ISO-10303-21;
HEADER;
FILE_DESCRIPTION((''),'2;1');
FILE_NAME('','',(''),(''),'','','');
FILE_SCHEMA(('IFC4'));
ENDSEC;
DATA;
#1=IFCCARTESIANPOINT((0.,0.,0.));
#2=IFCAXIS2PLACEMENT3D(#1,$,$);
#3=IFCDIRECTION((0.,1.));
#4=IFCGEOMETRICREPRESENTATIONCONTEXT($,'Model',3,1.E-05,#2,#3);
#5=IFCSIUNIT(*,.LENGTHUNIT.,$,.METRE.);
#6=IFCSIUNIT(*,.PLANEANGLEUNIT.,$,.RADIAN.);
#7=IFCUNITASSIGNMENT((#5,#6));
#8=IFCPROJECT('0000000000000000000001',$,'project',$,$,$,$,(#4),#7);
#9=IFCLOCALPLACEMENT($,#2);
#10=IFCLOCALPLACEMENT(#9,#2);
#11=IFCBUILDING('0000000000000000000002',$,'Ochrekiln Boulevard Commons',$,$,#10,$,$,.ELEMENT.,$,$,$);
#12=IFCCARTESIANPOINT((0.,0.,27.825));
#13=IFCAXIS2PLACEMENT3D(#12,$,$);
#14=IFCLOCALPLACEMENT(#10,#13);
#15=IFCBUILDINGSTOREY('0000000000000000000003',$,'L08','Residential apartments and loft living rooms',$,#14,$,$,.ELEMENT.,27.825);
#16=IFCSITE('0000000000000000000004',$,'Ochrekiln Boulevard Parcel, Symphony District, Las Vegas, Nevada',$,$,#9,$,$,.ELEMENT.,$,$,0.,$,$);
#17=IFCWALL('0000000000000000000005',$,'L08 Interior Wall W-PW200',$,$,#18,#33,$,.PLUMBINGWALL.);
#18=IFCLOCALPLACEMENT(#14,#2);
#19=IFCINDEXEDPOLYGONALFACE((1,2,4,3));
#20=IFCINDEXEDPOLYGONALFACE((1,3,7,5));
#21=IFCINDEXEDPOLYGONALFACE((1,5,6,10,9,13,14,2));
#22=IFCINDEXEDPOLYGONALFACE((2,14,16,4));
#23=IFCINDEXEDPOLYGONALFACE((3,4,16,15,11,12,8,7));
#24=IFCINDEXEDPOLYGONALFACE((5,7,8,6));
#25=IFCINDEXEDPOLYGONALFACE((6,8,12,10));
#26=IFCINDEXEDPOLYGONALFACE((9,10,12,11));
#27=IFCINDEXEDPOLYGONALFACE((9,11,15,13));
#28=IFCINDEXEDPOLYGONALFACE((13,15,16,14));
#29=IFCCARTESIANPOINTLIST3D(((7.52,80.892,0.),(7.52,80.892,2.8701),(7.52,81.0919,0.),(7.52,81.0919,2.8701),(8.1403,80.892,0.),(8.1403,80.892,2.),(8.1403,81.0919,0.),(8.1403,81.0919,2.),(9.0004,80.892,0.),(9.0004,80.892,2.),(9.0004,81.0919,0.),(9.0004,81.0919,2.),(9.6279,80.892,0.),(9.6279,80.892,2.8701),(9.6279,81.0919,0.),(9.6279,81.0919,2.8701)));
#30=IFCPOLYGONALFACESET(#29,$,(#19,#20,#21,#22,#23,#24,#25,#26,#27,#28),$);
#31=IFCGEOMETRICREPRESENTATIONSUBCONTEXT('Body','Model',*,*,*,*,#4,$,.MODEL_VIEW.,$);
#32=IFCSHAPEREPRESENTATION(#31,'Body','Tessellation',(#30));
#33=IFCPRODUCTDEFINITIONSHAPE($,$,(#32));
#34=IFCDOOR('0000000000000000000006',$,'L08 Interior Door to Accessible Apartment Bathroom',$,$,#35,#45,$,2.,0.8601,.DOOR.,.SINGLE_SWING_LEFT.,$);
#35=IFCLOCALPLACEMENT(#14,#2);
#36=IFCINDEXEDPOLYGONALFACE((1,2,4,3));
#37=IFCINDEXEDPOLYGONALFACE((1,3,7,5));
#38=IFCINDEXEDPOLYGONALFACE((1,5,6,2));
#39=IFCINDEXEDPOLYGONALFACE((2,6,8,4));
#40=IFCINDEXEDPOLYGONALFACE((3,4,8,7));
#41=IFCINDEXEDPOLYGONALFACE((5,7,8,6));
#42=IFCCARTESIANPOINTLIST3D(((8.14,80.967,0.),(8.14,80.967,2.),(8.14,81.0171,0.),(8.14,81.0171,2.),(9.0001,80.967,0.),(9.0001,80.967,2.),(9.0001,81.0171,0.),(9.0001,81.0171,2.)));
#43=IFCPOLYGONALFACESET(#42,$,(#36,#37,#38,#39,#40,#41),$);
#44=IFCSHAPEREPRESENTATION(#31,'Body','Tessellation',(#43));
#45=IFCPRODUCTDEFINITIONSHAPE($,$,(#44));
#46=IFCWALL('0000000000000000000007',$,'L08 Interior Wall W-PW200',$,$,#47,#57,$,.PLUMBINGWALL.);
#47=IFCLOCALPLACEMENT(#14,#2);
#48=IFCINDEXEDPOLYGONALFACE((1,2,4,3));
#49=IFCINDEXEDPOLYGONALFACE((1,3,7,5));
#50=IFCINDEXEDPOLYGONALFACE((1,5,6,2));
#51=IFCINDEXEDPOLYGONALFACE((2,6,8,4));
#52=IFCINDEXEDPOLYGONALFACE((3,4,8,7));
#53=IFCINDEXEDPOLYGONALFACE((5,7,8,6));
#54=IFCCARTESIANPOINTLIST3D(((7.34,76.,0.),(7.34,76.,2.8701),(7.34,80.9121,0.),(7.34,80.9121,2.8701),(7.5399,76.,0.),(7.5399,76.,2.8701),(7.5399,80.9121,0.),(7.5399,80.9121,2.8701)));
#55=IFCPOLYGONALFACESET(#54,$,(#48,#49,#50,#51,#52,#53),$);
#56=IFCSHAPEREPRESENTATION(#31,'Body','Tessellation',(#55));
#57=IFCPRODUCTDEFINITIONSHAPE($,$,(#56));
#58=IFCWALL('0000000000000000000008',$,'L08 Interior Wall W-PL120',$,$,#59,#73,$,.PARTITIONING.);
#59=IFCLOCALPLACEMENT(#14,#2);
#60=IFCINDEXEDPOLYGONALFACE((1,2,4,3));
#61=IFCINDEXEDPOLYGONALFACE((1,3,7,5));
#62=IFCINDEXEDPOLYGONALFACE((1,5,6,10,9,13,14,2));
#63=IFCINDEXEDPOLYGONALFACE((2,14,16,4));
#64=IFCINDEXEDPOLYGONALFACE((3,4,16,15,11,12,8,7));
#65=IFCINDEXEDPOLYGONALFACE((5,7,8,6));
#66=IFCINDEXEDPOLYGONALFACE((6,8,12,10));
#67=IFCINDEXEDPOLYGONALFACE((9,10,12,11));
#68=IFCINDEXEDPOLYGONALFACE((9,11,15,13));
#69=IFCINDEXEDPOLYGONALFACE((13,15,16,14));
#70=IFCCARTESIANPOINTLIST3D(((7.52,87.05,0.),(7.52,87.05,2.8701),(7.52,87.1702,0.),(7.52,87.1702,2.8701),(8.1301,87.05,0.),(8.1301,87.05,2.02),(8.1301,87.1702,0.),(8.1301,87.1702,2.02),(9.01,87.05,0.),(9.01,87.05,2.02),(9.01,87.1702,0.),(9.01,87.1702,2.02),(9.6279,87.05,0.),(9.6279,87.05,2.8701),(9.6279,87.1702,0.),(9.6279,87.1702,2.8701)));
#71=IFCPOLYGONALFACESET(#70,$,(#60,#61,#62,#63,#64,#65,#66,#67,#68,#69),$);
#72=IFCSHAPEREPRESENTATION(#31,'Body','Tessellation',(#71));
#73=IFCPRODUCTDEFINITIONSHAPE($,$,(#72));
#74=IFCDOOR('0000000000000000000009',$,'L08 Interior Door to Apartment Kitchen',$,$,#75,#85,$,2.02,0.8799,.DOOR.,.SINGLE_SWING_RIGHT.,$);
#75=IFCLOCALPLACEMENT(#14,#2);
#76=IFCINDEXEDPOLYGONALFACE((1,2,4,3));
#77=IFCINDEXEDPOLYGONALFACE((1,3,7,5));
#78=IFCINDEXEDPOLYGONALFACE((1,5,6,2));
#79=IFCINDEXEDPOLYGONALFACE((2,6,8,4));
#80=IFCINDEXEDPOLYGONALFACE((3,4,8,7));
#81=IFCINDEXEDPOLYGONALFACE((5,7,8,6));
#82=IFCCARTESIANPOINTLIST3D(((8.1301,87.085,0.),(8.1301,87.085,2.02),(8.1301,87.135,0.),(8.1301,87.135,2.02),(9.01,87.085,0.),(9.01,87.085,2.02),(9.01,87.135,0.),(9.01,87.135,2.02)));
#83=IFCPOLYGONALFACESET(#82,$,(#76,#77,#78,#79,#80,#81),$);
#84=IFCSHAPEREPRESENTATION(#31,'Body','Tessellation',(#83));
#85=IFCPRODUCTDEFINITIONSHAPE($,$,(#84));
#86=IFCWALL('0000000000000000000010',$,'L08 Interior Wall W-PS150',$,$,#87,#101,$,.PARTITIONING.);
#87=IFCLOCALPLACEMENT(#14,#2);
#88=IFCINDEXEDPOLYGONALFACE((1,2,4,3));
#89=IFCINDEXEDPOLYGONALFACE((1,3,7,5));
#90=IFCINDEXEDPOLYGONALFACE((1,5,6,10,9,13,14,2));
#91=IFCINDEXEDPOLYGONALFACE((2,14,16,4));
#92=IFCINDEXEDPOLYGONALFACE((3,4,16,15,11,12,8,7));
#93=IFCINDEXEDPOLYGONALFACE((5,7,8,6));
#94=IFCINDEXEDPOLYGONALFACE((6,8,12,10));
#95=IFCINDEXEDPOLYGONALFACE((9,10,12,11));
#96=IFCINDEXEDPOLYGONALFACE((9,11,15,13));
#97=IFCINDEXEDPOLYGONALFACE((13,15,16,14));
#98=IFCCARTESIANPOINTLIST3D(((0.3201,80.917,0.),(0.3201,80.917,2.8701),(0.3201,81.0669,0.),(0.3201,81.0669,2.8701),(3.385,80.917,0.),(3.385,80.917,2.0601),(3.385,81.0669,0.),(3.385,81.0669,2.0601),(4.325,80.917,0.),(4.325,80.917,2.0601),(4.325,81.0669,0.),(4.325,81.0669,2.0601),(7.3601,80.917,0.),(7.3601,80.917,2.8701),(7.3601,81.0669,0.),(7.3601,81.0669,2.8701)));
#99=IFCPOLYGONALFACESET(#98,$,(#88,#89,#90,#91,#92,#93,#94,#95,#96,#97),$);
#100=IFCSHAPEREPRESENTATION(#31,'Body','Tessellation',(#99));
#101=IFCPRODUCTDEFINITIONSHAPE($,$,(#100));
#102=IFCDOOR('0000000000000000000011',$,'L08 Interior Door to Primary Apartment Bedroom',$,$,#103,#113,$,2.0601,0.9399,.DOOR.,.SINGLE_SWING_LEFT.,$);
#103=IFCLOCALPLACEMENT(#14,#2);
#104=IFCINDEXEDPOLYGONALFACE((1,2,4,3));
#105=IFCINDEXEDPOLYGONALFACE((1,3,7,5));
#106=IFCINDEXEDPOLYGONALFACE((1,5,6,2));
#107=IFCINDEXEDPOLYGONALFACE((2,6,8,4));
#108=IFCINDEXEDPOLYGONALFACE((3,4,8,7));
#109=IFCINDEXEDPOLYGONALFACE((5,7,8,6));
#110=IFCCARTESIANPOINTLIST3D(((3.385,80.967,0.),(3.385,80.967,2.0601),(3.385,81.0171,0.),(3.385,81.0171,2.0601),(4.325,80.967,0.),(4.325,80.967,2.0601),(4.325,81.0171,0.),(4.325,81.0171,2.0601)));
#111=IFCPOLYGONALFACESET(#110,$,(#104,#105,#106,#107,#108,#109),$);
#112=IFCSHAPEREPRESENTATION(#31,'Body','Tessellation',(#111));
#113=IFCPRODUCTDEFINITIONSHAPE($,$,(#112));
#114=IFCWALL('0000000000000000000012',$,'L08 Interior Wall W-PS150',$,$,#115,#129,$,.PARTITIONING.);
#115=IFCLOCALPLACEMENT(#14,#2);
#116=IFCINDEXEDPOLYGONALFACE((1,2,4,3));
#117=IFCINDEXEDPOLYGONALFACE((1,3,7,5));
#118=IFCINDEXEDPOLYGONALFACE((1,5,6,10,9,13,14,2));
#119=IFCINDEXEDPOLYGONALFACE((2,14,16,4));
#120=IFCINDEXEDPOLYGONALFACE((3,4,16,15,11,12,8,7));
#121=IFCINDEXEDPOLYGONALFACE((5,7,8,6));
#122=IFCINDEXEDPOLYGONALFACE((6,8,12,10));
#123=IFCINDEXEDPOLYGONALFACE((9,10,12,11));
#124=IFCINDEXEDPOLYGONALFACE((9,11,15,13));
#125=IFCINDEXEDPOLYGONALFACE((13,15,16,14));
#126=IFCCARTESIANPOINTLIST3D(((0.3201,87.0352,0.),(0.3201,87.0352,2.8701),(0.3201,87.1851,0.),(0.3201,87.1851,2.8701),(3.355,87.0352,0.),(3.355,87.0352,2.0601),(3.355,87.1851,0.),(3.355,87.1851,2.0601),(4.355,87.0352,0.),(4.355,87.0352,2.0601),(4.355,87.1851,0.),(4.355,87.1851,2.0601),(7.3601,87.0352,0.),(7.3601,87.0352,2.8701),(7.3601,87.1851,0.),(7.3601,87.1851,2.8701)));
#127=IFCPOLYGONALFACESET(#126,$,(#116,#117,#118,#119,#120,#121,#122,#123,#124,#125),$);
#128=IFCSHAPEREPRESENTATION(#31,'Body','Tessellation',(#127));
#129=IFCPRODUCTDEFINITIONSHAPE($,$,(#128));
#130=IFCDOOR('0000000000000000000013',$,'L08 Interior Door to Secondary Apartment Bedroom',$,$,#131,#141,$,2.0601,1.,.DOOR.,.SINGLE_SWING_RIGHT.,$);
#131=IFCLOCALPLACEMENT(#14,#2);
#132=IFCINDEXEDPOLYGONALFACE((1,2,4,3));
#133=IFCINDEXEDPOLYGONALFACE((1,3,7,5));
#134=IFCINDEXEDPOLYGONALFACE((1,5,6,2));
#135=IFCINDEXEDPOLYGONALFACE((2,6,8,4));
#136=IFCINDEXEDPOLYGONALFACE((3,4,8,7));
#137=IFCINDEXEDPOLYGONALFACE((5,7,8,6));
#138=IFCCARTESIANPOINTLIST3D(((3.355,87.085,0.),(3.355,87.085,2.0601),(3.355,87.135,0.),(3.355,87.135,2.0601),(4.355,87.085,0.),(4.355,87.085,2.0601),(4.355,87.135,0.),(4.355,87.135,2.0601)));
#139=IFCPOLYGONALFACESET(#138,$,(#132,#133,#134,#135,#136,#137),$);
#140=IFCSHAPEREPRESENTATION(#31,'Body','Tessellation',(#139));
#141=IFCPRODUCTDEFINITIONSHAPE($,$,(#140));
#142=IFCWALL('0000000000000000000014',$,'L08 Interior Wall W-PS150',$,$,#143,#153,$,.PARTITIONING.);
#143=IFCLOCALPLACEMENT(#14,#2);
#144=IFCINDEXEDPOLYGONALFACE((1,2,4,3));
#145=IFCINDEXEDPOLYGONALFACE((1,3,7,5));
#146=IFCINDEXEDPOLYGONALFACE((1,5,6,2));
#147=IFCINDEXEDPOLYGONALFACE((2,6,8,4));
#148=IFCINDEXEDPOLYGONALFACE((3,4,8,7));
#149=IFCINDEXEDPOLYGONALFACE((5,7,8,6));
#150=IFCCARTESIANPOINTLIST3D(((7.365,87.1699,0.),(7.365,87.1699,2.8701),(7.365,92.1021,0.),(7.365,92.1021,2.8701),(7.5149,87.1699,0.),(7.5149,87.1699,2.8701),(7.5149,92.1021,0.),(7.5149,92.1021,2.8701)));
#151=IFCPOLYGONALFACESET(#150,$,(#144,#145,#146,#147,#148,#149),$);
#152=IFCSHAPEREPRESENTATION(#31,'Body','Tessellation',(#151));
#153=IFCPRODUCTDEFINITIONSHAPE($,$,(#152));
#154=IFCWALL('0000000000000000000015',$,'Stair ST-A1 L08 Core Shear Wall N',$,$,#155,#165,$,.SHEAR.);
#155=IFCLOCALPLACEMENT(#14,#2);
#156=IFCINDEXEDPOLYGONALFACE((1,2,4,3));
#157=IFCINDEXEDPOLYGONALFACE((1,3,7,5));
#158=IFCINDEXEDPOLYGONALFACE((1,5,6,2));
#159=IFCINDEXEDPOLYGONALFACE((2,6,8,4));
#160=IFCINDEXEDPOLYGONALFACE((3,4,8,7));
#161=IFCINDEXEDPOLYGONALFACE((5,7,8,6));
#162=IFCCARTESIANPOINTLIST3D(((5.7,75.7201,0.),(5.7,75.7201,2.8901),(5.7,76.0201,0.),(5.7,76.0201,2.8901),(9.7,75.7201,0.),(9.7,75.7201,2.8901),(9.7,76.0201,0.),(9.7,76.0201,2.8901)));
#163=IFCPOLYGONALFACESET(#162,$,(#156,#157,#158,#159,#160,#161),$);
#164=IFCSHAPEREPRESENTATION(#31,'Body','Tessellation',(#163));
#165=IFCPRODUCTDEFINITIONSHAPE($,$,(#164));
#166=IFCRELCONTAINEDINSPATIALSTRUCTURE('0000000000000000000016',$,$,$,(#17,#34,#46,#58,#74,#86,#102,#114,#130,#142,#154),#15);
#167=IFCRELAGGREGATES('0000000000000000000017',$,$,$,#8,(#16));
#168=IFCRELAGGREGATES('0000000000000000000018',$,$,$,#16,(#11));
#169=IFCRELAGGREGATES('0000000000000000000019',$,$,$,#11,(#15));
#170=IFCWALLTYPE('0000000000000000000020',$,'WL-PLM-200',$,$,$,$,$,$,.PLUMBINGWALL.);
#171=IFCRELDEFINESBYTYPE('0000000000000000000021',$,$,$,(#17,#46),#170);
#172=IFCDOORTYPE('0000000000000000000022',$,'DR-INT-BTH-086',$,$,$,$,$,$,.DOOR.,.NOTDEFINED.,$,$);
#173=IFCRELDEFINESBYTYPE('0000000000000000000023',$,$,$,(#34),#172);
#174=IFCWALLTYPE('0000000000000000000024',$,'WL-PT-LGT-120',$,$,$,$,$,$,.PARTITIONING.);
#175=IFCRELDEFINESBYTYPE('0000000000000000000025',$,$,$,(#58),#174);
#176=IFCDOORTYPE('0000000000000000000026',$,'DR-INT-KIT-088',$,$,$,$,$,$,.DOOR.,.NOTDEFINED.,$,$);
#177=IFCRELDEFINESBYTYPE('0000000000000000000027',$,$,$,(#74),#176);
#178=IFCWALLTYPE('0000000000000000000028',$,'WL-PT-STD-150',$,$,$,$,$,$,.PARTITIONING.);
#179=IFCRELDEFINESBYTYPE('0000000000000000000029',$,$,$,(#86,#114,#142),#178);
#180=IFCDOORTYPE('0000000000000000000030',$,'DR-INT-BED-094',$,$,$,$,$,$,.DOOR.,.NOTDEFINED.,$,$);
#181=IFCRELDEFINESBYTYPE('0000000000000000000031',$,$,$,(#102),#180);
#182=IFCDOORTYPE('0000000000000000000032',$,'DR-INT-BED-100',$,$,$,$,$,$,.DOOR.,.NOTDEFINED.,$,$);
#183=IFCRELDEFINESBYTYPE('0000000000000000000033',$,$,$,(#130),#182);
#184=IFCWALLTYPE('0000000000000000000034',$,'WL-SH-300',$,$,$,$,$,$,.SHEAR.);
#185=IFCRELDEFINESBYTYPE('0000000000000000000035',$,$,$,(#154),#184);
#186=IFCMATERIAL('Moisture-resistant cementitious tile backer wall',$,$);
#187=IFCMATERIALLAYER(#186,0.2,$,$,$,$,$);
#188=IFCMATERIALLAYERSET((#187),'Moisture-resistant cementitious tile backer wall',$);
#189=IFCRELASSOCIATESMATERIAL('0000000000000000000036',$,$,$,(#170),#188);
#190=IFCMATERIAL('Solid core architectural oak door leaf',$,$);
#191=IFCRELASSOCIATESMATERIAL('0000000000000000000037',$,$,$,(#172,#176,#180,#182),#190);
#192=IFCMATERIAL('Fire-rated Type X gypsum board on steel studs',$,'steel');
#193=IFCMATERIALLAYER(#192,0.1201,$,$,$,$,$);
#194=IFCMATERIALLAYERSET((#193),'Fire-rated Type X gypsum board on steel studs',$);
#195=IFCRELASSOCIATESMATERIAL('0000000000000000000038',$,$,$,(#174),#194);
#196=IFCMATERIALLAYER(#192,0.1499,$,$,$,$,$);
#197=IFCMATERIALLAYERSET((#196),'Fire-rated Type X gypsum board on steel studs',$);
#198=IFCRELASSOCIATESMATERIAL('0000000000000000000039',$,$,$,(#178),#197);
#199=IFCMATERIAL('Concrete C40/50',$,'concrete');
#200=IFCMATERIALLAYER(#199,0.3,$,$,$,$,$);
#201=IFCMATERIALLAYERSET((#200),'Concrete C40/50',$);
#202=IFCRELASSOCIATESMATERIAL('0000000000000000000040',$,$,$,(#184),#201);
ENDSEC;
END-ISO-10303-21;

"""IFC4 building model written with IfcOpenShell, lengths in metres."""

from ifc_helpers import new_model, si_unit, direction, frame, frame_2d, origin, place, context, subcontext, project, spatial, rectangle, extrude, material, layer, layer_set, type_object, element, fill, save


model = new_model("IFC4")

# Units and contexts
model_context = context("Model", 3, precision=1e-05, world=origin(), true_north=direction((0.0, 1.0)))
body_context = subcontext(model_context, "Body", "Model", "MODEL_VIEW")
ifc_project = project(units=[si_unit("LENGTHUNIT", "METRE"), si_unit("PLANEANGLEUNIT", "RADIAN")], contexts=[model_context])

# Site, building, storey
site_placement = place(None, origin())
site = spatial("IfcSite", under=ifc_project, at=site_placement, Name="Ochrekiln Boulevard Parcel, Symphony District, Las Vegas, Nevada", CompositionType="ELEMENT", RefElevation=0.0)
building_placement = place(site_placement, origin())
building = spatial("IfcBuilding", under=site, at=building_placement, Name="Ochrekiln Boulevard Commons", CompositionType="ELEMENT")
storey_placement = place(building_placement, frame((0.0, 0.0, 27.825)))
storey = spatial("IfcBuildingStorey", under=building, at=storey_placement, Name="L08", Description="Residential apartments and loft living rooms", CompositionType="ELEMENT", Elevation=27.825)

# Shared definitions
ifc_material_1 = material(Name="Concrete C40/50", Category="concrete")

# Wall, opening, door
ifc_material_2 = material(Name="Moisture-resistant cementitious tile backer wall")
ifc_layer_1 = layer(ifc_material_2, 0.2)
ifc_layer_set_1 = layer_set([ifc_layer_1], Name="Moisture-resistant cementitious tile backer wall")
wall_type_1 = type_object("IfcWallType", Name="WL-PLM-200", PredefinedType="PLUMBINGWALL", material=ifc_layer_set_1)
wall_1_placement = place(storey_placement, frame((7.52, 80.9919, 0.0), z_axis=(0.0, 0.0, 1.0), x_axis=(1.0, 0.0, 0.0)))
wall_1 = element("IfcWall", 1, at=wall_1_placement, inside=storey, type_object=wall_type_1, Name="L08 Interior Wall W-PW200", PredefinedType="PLUMBINGWALL", context=body_context, shape_type="SweptSolid", body=[
    extrude(rectangle(XDim=2.1079, YDim=0.2, at=frame_2d((1.054, 0.0))), origin(), (0.0, 0.0, 1.0), 2.8701),
])
opening_1_placement = place(wall_1_placement, frame((0.6201, 0.0, 0.0)))
opening_1 = element("IfcOpeningElement", 2, at=opening_1_placement, cuts=wall_1, PredefinedType="OPENING", context=body_context, shape_type="SweptSolid", body=[
    extrude(rectangle(XDim=0.8601, YDim=2.0, at=frame_2d((0.4302, 1.0))), frame((0.0, 0.1099, 0.0), z_axis=(0.0, -1.0, 0.0), x_axis=(1.0, 0.0, 0.0)), (0.0, 0.0, 1.0), 0.22),
])
ifc_material_3 = material(Name="Solid core architectural oak door leaf")
door_type_1 = type_object("IfcDoorType", Name="DR-INT-BTH-086", OperationType="NOTDEFINED", PredefinedType="DOOR", material=ifc_material_3)
door_1_placement = place(opening_1_placement, frame((0.8601, 0.0, 0.0), z_axis=(0.0, 0.0, 1.0), x_axis=(-1.0, 0.0, 0.0)))
door_1 = element("IfcDoor", 3, at=door_1_placement, inside=storey, type_object=door_type_1, Name="L08 Interior Door to Accessible Apartment Bathroom", OperationType="SINGLE_SWING_LEFT", OverallHeight=2.0, OverallWidth=0.8601, PredefinedType="DOOR", context=body_context, shape_type="SweptSolid", body=[
    extrude(rectangle(XDim=0.8601, YDim=2.0, at=frame_2d((0.4302, 1.0))), frame((0.0, 0.0249, 0.0), z_axis=(0.0, -1.0, 0.0), x_axis=(1.0, 0.0, 0.0)), (0.0, 0.0, 1.0), 0.05),
])
fill(opening_1, door_1)

# Wall
wall_2_placement = place(storey_placement, frame((7.4399, 76.0, 0.0), z_axis=(0.0, 0.0, 1.0), x_axis=(0.0, 1.0, 0.0)))
element("IfcWall", 4, at=wall_2_placement, inside=storey, type_object=wall_type_1, Name="L08 Interior Wall W-PW200", PredefinedType="PLUMBINGWALL", context=body_context, shape_type="SweptSolid", body=[
    extrude(rectangle(XDim=4.9121, YDim=0.2, at=frame_2d((2.4561, 0.0))), origin(), (0.0, 0.0, 1.0), 2.8701),
])

# Walls, openings, doors
ifc_material_4 = material(Name="Fire-rated Type X gypsum board on steel studs", Category="steel")
ifc_layer_2 = layer(ifc_material_4, 0.1201)
ifc_layer_set_2 = layer_set([ifc_layer_2], Name="Fire-rated Type X gypsum board on steel studs")
wall_type_2 = type_object("IfcWallType", Name="WL-PT-LGT-120", PredefinedType="PARTITIONING", material=ifc_layer_set_2)
wall_3_placement = place(storey_placement, frame((7.52, 87.1101, 0.0), z_axis=(0.0, 0.0, 1.0), x_axis=(1.0, 0.0, 0.0)))
wall_3 = element("IfcWall", 5, at=wall_3_placement, inside=storey, type_object=wall_type_2, Name="L08 Interior Wall W-PL120", PredefinedType="PARTITIONING", context=body_context, shape_type="SweptSolid", body=[
    extrude(rectangle(XDim=2.1079, YDim=0.1201, at=frame_2d((1.054, 0.0))), origin(), (0.0, 0.0, 1.0), 2.8701),
])
opening_2_placement = place(wall_3_placement, frame((0.6101, 0.0, 0.0)))
opening_2 = element("IfcOpeningElement", 6, at=opening_2_placement, cuts=wall_3, PredefinedType="OPENING", context=body_context, shape_type="SweptSolid", body=[
    extrude(rectangle(XDim=0.8799, YDim=2.02, at=frame_2d((0.4399, 1.01))), frame((0.0, 0.0701, 0.0), z_axis=(0.0, -1.0, 0.0), x_axis=(1.0, 0.0, 0.0)), (0.0, 0.0, 1.0), 0.1401),
])
door_type_2 = type_object("IfcDoorType", Name="DR-INT-KIT-088", OperationType="NOTDEFINED", PredefinedType="DOOR", material=ifc_material_3)
door_2_placement = place(opening_2_placement, origin())
door_2 = element("IfcDoor", 7, at=door_2_placement, inside=storey, type_object=door_type_2, Name="L08 Interior Door to Apartment Kitchen", OperationType="SINGLE_SWING_RIGHT", OverallHeight=2.02, OverallWidth=0.8799, PredefinedType="DOOR", context=body_context, shape_type="SweptSolid", body=[
    extrude(rectangle(XDim=0.8799, YDim=2.02, at=frame_2d((0.4399, 1.01))), frame((0.0, 0.0249, 0.0), z_axis=(0.0, -1.0, 0.0), x_axis=(1.0, 0.0, 0.0)), (0.0, 0.0, 1.0), 0.05),
])
fill(opening_2, door_2)
ifc_layer_3 = layer(ifc_material_4, 0.1499)
ifc_layer_set_3 = layer_set([ifc_layer_3], Name="Fire-rated Type X gypsum board on steel studs")
wall_type_3 = type_object("IfcWallType", Name="WL-PT-STD-150", PredefinedType="PARTITIONING", material=ifc_layer_set_3)
wall_4_placement = place(storey_placement, frame((0.3201, 80.9919, 0.0), z_axis=(0.0, 0.0, 1.0), x_axis=(1.0, 0.0, 0.0)))
wall_4 = element("IfcWall", 8, at=wall_4_placement, inside=storey, type_object=wall_type_3, Name="L08 Interior Wall W-PS150", PredefinedType="PARTITIONING", context=body_context, shape_type="SweptSolid", body=[
    extrude(rectangle(XDim=7.04, YDim=0.1499, at=frame_2d((3.52, 0.0))), origin(), (0.0, 0.0, 1.0), 2.8701),
])
opening_3_placement = place(wall_4_placement, frame((3.0649, 0.0, 0.0)))
opening_3 = element("IfcOpeningElement", 9, at=opening_3_placement, cuts=wall_4, PredefinedType="OPENING", context=body_context, shape_type="SweptSolid", body=[
    extrude(rectangle(XDim=0.9399, YDim=2.0601, at=frame_2d((0.47, 1.03))), frame((0.0, 0.085, 0.0), z_axis=(0.0, -1.0, 0.0), x_axis=(1.0, 0.0, 0.0)), (0.0, 0.0, 1.0), 0.1699),
])
door_type_3 = type_object("IfcDoorType", Name="DR-INT-BED-094", OperationType="NOTDEFINED", PredefinedType="DOOR", material=ifc_material_3)
door_3_placement = place(opening_3_placement, frame((0.9399, 0.0, 0.0), z_axis=(0.0, 0.0, 1.0), x_axis=(-1.0, 0.0, 0.0)))
door_3 = element("IfcDoor", 10, at=door_3_placement, inside=storey, type_object=door_type_3, Name="L08 Interior Door to Primary Apartment Bedroom", OperationType="SINGLE_SWING_LEFT", OverallHeight=2.0601, OverallWidth=0.9399, PredefinedType="DOOR", context=body_context, shape_type="SweptSolid", body=[
    extrude(rectangle(XDim=0.9399, YDim=2.0601, at=frame_2d((0.47, 1.03))), frame((0.0, 0.0249, 0.0), z_axis=(0.0, -1.0, 0.0), x_axis=(1.0, 0.0, 0.0)), (0.0, 0.0, 1.0), 0.05),
])
fill(opening_3, door_3)
wall_5_placement = place(storey_placement, frame((0.3201, 87.1101, 0.0), z_axis=(0.0, 0.0, 1.0), x_axis=(1.0, 0.0, 0.0)))
wall_5 = element("IfcWall", 11, at=wall_5_placement, inside=storey, type_object=wall_type_3, Name="L08 Interior Wall W-PS150", PredefinedType="PARTITIONING", context=body_context, shape_type="SweptSolid", body=[
    extrude(rectangle(XDim=7.04, YDim=0.1499, at=frame_2d((3.52, 0.0))), origin(), (0.0, 0.0, 1.0), 2.8701),
])
opening_4_placement = place(wall_5_placement, frame((3.0349, 0.0, 0.0)))
opening_4 = element("IfcOpeningElement", 12, at=opening_4_placement, cuts=wall_5, PredefinedType="OPENING", context=body_context, shape_type="SweptSolid", body=[
    extrude(rectangle(XDim=1.0, YDim=2.0601, at=frame_2d((0.5, 1.03))), frame((0.0, 0.085, 0.0), z_axis=(0.0, -1.0, 0.0), x_axis=(1.0, 0.0, 0.0)), (0.0, 0.0, 1.0), 0.1699),
])
door_type_4 = type_object("IfcDoorType", Name="DR-INT-BED-100", OperationType="NOTDEFINED", PredefinedType="DOOR", material=ifc_material_3)
door_4_placement = place(opening_4_placement, origin())
door_4 = element("IfcDoor", 13, at=door_4_placement, inside=storey, type_object=door_type_4, Name="L08 Interior Door to Secondary Apartment Bedroom", OperationType="SINGLE_SWING_RIGHT", OverallHeight=2.0601, OverallWidth=1.0, PredefinedType="DOOR", context=body_context, shape_type="SweptSolid", body=[
    extrude(rectangle(XDim=1.0, YDim=2.0601, at=frame_2d((0.5, 1.03))), frame((0.0, 0.0249, 0.0), z_axis=(0.0, -1.0, 0.0), x_axis=(1.0, 0.0, 0.0)), (0.0, 0.0, 1.0), 0.05),
])
fill(opening_4, door_4)

# Walls
wall_6_placement = place(storey_placement, frame((7.4399, 87.1699, 0.0), z_axis=(0.0, 0.0, 1.0), x_axis=(0.0, 1.0, 0.0)))
element("IfcWall", 14, at=wall_6_placement, inside=storey, type_object=wall_type_3, Name="L08 Interior Wall W-PS150", PredefinedType="PARTITIONING", context=body_context, shape_type="SweptSolid", body=[
    extrude(rectangle(XDim=4.9321, YDim=0.1499, at=frame_2d((2.4661, 0.0))), origin(), (0.0, 0.0, 1.0), 2.8701),
])
ifc_layer_4 = layer(ifc_material_1, 0.3)
ifc_layer_set_4 = layer_set([ifc_layer_4], Name="Concrete C40/50")
wall_type_4 = type_object("IfcWallType", Name="WL-SH-300", PredefinedType="SHEAR", material=ifc_layer_set_4)
wall_7_placement = place(storey_placement, frame((5.7, 75.8701, 0.0), z_axis=(0.0, 0.0, 1.0), x_axis=(1.0, 0.0, 0.0)))
element("IfcWall", 15, at=wall_7_placement, inside=storey, type_object=wall_type_4, Name="Stair ST-A1 L08 Core Shear Wall N", PredefinedType="SHEAR", context=body_context, shape_type="SweptSolid", body=[
    extrude(rectangle(XDim=4.0, YDim=0.3, at=frame_2d((2.0, 0.0))), origin(), (0.0, 0.0, 1.0), 2.8901),
])

save(model, "model.ifc")
